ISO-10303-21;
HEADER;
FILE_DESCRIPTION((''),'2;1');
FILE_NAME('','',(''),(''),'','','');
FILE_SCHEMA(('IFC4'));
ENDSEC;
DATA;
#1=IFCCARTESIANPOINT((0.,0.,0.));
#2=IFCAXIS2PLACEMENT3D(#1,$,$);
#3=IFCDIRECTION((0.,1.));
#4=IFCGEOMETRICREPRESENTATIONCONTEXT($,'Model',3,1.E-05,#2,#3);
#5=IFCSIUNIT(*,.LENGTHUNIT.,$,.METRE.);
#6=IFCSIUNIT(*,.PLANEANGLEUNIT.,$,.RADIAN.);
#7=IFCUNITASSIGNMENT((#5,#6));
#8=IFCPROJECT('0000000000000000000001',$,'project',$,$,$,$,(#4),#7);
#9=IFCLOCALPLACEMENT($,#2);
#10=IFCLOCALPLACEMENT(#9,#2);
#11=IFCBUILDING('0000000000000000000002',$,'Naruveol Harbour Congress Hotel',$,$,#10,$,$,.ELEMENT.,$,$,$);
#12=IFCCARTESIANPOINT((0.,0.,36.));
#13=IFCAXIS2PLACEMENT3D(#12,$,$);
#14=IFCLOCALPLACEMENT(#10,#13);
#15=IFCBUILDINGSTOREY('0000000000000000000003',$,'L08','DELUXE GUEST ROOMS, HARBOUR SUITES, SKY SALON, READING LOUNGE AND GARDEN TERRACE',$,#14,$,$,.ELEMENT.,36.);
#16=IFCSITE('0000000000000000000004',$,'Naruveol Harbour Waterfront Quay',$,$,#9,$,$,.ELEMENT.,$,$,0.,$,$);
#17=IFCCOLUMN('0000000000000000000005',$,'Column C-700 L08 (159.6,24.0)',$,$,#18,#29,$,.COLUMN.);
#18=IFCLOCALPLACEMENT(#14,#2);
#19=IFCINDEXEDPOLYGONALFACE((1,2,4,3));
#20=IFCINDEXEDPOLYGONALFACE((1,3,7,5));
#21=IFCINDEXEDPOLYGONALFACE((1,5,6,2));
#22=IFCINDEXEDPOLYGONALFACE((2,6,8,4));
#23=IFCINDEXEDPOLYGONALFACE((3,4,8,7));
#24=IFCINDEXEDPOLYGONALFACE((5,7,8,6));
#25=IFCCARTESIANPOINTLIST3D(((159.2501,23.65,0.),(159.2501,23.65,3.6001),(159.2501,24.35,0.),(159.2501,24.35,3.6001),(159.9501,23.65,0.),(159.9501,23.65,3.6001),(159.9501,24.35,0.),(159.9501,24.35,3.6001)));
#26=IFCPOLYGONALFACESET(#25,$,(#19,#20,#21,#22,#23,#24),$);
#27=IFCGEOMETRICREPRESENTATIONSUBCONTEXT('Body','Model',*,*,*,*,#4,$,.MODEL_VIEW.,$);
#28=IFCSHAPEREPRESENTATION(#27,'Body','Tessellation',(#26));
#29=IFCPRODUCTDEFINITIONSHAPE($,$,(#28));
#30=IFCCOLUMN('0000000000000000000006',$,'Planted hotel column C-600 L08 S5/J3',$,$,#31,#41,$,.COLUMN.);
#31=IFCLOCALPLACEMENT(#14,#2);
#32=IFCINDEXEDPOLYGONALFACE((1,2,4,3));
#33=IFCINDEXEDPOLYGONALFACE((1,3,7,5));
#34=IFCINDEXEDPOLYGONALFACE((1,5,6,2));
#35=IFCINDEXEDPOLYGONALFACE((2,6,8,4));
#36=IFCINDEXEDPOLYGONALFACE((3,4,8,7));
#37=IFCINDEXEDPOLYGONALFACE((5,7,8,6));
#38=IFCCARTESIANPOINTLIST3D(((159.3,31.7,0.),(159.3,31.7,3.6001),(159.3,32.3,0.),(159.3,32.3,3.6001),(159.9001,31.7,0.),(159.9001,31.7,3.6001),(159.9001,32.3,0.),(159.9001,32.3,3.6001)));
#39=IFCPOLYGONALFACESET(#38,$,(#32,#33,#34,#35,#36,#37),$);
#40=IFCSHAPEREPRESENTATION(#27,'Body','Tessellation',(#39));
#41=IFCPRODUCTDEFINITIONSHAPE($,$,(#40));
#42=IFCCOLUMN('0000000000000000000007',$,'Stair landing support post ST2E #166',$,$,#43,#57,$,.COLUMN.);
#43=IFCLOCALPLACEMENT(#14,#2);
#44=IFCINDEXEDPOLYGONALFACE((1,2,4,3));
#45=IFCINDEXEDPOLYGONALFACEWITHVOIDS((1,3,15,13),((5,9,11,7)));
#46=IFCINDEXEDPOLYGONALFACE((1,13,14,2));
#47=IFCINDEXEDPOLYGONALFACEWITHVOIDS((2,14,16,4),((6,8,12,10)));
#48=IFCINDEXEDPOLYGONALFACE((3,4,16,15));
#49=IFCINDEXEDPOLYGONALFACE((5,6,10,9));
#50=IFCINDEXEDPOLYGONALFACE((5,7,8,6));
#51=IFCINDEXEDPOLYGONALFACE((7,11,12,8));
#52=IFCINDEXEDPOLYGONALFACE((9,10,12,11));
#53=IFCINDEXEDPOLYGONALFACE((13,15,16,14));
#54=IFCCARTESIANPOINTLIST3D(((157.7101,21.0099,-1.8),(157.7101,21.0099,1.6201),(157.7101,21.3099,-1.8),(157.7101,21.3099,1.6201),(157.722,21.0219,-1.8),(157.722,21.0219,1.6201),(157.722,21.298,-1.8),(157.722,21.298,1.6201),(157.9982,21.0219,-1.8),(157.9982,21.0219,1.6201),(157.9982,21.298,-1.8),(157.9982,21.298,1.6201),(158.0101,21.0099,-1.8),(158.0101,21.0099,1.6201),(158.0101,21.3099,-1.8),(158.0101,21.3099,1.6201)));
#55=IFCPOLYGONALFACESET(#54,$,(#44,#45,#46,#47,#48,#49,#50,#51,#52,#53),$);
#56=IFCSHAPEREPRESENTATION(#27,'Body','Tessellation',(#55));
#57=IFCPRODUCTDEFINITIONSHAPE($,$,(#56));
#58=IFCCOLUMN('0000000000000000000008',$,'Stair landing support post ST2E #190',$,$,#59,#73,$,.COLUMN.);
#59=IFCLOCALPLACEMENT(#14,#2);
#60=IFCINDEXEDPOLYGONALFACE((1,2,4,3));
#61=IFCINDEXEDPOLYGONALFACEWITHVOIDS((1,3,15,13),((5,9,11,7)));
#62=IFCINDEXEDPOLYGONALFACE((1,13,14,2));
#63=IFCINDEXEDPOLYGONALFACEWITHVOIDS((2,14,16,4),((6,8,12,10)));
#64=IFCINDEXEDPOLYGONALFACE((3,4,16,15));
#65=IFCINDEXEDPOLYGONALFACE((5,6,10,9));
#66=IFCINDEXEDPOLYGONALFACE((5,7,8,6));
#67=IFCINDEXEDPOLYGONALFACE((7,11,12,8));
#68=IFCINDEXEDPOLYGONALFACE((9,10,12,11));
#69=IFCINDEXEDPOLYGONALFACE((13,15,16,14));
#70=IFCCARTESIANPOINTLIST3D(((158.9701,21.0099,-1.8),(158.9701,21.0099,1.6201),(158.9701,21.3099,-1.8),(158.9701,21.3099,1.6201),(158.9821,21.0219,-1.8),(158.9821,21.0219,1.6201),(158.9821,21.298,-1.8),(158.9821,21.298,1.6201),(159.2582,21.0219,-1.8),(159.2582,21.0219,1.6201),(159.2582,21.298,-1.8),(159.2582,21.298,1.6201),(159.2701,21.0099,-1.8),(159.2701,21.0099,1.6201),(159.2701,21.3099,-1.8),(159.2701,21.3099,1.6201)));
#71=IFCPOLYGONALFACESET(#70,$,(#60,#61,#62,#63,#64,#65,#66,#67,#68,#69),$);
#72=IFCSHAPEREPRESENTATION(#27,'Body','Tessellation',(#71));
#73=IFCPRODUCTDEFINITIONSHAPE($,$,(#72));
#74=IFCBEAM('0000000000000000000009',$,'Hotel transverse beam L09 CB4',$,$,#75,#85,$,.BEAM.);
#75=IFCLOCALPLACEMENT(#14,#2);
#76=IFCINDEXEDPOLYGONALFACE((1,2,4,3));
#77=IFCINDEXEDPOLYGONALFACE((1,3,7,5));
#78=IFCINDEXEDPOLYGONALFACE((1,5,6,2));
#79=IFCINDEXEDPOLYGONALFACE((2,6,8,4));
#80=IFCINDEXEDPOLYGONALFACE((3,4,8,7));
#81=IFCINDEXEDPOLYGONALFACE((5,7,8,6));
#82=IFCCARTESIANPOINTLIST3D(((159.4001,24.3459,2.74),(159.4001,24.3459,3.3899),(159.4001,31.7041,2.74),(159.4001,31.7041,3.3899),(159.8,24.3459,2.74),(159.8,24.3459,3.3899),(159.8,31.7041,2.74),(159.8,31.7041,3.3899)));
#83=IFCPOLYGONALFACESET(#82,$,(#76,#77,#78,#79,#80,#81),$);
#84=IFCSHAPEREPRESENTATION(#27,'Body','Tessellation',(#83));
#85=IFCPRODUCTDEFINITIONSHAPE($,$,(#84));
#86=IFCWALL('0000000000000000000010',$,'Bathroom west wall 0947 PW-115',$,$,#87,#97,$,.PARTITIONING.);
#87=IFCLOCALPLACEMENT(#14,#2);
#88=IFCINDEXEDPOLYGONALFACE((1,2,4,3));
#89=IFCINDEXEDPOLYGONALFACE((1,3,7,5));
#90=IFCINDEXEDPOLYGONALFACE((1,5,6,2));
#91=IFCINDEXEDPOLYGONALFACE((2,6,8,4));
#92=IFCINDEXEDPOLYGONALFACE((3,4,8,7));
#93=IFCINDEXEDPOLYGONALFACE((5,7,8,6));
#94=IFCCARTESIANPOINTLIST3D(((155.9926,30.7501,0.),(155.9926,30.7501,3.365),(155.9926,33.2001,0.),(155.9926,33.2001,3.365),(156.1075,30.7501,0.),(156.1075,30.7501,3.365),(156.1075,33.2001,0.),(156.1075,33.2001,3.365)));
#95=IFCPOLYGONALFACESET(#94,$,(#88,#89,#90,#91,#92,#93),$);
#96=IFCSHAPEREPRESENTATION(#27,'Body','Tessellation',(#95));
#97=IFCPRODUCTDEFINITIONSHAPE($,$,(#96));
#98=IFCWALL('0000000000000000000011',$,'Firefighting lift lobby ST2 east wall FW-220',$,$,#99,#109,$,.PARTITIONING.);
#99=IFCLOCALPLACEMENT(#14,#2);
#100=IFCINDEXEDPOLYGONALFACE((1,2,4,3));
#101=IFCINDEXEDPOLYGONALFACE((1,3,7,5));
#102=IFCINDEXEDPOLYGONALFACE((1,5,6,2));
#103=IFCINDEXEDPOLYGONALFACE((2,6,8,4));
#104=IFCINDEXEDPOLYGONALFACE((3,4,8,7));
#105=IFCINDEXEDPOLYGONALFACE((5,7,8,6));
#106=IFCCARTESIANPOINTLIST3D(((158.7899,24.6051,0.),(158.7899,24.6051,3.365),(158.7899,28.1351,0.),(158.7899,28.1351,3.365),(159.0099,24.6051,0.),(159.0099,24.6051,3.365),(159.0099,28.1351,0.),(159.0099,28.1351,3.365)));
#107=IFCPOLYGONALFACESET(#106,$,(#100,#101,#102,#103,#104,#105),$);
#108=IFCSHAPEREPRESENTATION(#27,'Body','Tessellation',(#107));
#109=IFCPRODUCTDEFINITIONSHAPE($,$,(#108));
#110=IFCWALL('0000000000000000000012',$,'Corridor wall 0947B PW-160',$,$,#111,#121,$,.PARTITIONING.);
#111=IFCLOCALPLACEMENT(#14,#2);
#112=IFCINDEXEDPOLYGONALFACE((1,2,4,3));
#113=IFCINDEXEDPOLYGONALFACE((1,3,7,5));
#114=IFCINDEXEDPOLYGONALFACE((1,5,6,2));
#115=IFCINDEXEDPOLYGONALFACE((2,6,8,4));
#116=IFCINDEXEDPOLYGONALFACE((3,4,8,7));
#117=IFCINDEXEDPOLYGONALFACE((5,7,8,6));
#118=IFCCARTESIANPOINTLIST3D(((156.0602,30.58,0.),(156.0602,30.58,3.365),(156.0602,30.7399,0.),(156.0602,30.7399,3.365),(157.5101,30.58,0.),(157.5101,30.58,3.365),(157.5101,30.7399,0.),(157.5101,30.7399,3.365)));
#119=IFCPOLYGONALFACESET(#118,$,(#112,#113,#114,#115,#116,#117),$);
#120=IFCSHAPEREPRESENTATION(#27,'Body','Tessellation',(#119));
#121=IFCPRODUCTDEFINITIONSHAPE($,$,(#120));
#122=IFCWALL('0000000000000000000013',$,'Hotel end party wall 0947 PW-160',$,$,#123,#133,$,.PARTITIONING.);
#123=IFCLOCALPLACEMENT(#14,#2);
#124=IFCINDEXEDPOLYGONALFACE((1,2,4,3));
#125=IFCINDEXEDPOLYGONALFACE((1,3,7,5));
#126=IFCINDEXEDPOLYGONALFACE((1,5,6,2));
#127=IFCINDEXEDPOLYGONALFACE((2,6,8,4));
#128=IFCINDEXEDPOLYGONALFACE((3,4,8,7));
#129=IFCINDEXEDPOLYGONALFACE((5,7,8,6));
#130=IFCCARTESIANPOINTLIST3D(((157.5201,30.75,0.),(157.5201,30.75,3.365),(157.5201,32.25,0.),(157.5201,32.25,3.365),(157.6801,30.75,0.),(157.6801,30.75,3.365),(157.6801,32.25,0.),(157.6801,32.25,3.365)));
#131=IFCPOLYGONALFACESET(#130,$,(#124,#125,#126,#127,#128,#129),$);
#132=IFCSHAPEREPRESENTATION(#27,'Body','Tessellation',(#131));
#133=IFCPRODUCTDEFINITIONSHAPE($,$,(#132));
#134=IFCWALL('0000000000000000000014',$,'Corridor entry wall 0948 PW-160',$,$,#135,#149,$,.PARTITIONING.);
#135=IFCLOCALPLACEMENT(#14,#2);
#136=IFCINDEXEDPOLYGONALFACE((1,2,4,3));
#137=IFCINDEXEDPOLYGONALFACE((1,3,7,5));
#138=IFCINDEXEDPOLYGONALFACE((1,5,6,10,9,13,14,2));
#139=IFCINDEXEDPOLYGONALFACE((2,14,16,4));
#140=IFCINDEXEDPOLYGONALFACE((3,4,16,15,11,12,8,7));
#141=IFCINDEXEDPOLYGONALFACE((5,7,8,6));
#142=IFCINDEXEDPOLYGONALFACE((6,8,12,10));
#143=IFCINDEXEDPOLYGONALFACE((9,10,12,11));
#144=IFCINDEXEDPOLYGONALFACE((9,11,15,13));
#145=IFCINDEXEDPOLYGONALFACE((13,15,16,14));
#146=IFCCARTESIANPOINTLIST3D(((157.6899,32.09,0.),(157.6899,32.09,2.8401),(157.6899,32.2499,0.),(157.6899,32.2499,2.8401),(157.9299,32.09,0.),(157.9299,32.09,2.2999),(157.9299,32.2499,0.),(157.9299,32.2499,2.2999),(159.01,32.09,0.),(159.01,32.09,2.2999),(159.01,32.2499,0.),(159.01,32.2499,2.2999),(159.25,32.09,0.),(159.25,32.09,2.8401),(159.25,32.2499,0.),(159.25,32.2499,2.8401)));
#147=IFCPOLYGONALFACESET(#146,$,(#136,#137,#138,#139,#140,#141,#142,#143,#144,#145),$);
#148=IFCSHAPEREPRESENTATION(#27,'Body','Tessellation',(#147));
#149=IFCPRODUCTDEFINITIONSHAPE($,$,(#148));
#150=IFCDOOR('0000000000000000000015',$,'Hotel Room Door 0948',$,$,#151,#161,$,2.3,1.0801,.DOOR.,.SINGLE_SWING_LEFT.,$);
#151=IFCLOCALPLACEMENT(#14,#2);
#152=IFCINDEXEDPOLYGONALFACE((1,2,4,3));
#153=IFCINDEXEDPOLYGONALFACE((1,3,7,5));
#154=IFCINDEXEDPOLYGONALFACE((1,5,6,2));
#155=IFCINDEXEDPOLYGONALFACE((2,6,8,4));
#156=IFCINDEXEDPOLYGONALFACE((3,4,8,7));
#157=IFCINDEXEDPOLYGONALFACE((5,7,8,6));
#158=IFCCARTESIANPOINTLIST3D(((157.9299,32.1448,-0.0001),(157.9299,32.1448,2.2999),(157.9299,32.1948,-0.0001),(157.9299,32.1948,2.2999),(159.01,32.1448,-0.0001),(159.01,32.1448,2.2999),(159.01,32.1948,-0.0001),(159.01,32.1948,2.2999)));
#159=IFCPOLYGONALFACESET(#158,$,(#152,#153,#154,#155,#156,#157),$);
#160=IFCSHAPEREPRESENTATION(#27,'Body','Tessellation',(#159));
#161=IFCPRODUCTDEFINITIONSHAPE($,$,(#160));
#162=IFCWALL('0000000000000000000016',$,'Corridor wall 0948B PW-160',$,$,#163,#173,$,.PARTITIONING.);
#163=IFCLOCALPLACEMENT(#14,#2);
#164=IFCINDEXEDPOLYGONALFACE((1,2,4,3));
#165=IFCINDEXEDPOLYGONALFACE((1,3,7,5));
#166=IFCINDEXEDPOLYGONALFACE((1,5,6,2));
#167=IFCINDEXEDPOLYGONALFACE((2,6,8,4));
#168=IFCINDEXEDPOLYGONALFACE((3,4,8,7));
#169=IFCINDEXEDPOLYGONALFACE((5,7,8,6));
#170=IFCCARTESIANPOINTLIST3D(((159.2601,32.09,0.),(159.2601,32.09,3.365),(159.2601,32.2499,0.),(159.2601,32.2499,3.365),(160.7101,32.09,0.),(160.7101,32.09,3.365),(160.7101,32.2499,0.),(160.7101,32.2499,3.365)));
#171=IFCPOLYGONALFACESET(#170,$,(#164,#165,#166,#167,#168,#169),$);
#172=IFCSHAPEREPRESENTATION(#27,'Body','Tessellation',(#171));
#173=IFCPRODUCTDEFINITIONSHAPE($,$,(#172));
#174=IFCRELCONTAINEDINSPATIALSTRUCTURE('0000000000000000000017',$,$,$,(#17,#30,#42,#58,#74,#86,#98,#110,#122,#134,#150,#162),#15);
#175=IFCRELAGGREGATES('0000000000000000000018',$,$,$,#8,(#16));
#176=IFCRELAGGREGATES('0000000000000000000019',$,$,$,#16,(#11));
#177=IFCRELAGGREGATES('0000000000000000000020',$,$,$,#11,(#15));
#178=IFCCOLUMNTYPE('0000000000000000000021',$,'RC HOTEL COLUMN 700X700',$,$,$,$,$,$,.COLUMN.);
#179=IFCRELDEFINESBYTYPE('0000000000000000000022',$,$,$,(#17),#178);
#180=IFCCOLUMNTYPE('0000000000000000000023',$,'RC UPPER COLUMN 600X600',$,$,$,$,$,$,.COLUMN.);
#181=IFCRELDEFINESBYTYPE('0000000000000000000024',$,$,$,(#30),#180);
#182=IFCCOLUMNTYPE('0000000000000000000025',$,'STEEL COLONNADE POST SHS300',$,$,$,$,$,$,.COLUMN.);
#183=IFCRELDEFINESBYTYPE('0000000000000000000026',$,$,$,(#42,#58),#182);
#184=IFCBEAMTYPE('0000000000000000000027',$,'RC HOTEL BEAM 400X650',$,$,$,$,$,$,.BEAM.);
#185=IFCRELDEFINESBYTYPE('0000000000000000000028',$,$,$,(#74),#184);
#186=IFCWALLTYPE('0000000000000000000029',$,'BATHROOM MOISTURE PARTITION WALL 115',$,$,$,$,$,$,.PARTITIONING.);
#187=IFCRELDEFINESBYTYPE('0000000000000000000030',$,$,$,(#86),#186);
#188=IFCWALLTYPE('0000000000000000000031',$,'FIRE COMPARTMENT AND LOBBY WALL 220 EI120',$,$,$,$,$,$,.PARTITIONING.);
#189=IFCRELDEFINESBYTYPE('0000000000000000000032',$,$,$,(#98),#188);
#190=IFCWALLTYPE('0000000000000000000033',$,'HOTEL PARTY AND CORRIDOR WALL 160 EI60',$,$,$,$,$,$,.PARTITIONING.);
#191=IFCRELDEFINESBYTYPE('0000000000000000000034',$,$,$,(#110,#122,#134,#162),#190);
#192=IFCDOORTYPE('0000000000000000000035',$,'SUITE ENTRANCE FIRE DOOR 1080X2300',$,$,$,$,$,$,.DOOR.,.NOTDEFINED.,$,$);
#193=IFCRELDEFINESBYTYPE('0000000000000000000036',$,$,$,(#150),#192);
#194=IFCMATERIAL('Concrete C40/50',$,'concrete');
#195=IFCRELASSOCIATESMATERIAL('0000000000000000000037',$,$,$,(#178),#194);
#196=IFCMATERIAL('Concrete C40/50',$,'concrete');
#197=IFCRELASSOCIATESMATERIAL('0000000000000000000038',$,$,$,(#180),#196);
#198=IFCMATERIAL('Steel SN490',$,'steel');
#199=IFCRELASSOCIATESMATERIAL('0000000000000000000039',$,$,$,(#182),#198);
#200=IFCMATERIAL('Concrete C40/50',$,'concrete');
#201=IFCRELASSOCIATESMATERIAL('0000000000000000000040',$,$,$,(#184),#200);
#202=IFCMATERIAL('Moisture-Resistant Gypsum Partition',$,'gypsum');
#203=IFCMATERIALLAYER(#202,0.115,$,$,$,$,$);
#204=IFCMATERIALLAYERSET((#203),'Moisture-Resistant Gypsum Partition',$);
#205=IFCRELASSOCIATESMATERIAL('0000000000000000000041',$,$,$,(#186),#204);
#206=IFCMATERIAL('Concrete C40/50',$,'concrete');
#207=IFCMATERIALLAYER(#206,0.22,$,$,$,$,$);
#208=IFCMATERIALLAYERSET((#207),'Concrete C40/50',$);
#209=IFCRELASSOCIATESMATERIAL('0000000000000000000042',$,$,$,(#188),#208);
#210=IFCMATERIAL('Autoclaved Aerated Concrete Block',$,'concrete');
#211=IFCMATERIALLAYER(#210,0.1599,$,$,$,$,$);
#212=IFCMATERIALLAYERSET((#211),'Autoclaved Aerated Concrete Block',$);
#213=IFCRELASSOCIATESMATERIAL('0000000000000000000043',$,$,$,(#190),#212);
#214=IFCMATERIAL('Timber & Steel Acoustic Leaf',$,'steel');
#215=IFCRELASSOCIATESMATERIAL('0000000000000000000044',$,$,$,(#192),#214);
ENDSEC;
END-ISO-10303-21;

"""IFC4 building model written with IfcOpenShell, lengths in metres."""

from ifc_helpers import new_model, si_unit, direction, frame, frame_2d, origin, origin_2d, place, context, subcontext, project, spatial, rectangle, hollow_rectangle, extrude, material, layer, layer_set, material_profile, profile_set, type_object, element, fill, save


model = new_model("IFC4")

# Units and contexts
model_context = context("Model", 3, precision=1e-05, world=origin(), true_north=direction((0.0, 1.0)))
body_context = subcontext(model_context, "Body", "Model", "MODEL_VIEW")
ifc_project = project(units=[si_unit("LENGTHUNIT", "METRE"), si_unit("PLANEANGLEUNIT", "RADIAN")], contexts=[model_context])

# Site, building, storey
site_placement = place(None, origin())
site = spatial("IfcSite", under=ifc_project, at=site_placement, Name="Naruveol Harbour Waterfront Quay", CompositionType="ELEMENT", RefElevation=0.0)
building_placement = place(site_placement, origin())
building = spatial("IfcBuilding", under=site, at=building_placement, Name="Naruveol Harbour Congress Hotel", CompositionType="ELEMENT")
storey_placement = place(building_placement, frame((0.0, 0.0, 36.0)))
storey = spatial("IfcBuildingStorey", under=building, at=storey_placement, Name="L08", Description="DELUXE GUEST ROOMS, HARBOUR SUITES, SKY SALON, READING LOUNGE AND GARDEN TERRACE", CompositionType="ELEMENT", Elevation=36.0)

# Columns
ifc_material_1 = material(Name="Concrete C40/50", Category="concrete")
ifc_material_profile_1 = material_profile(ifc_material_1, rectangle(XDim=0.7, YDim=0.7, at=origin_2d()), Name="RC-700x700")
ifc_profile_set_1 = profile_set([ifc_material_profile_1], Name="Concrete C40/50")
column_type_1 = type_object("IfcColumnType", Name="RC HOTEL COLUMN 700X700", PredefinedType="COLUMN", material=ifc_profile_set_1)
column_1_placement = place(storey_placement, frame((159.6001, 24.0, 0.0), z_axis=(0.0, 0.0, 1.0), x_axis=(1.0, 0.0, 0.0)))
element("IfcColumn", 1, at=column_1_placement, inside=storey, type_object=column_type_1, Name="Column C-700 L08 (159.6,24.0)", PredefinedType="COLUMN", context=body_context, shape_type="SweptSolid", body=[
    extrude(rectangle(XDim=0.7, YDim=0.7, at=origin_2d()), origin(), (0.0, 0.0, 1.0), 3.6001),
])
ifc_material_2 = material(Name="Concrete C40/50", Category="concrete")
ifc_material_profile_2 = material_profile(ifc_material_2, rectangle(XDim=0.6001, YDim=0.6001, at=origin_2d()), Name="RC-600x600")
ifc_profile_set_2 = profile_set([ifc_material_profile_2], Name="Concrete C40/50")
column_type_2 = type_object("IfcColumnType", Name="RC UPPER COLUMN 600X600", PredefinedType="COLUMN", material=ifc_profile_set_2)
column_2_placement = place(storey_placement, frame((159.6001, 32.0, 0.0), z_axis=(0.0, 0.0, 1.0), x_axis=(1.0, 0.0, 0.0)))
element("IfcColumn", 2, at=column_2_placement, inside=storey, type_object=column_type_2, Name="Planted hotel column C-600 L08 S5/J3", PredefinedType="COLUMN", context=body_context, shape_type="SweptSolid", body=[
    extrude(rectangle(XDim=0.6001, YDim=0.6001, at=origin_2d()), origin(), (0.0, 0.0, 1.0), 3.6001),
])
ifc_material_3 = material(Name="Steel SN490", Category="steel")
ifc_material_profile_3 = material_profile(ifc_material_3, hollow_rectangle(XDim=0.3, YDim=0.3, WallThickness=0.012, at=origin_2d()), Name="SHS-300x300x12")
ifc_profile_set_3 = profile_set([ifc_material_profile_3], Name="Steel SN490")
column_type_3 = type_object("IfcColumnType", Name="STEEL COLONNADE POST SHS300", PredefinedType="COLUMN", material=ifc_profile_set_3)
for number, where, z_axis, x_axis, name in (
    (3, (157.8601, 21.1599, -1.8), (0.0, 0.0, 1.0), (1.0, 0.0, 0.0), "Stair landing support post ST2E #166"),
    (4, (159.1201, 21.1599, -1.8), (0.0, 0.0, 1.0), (1.0, 0.0, 0.0), "Stair landing support post ST2E #190"),
):
    element("IfcColumn", number, at=place(storey_placement, frame(where, z_axis=z_axis, x_axis=x_axis)), inside=storey, type_object=column_type_3, Name=name, PredefinedType="COLUMN", context=body_context, shape_type="SweptSolid", body=[
        extrude(hollow_rectangle(XDim=0.3, YDim=0.3, WallThickness=0.012, at=origin_2d()), origin(), (0.0, 0.0, 1.0), 3.4202),
    ])

# Beam
ifc_material_4 = material(Name="Concrete C40/50", Category="concrete")
ifc_material_profile_4 = material_profile(ifc_material_4, rectangle(XDim=0.3999, YDim=0.6499, at=origin_2d()), Name="RCB-400x650")
ifc_profile_set_4 = profile_set([ifc_material_profile_4], Name="Concrete C40/50")
beam_type = type_object("IfcBeamType", Name="RC HOTEL BEAM 400X650", PredefinedType="BEAM", material=ifc_profile_set_4)
beam_placement = place(storey_placement, frame((159.6001, 24.3459, 3.0649), z_axis=(0.0, 1.0, 0.0), x_axis=(-1.0, 0.0, 0.0)))
element("IfcBeam", 5, at=beam_placement, inside=storey, type_object=beam_type, Name="Hotel transverse beam L09 CB4", PredefinedType="BEAM", context=body_context, shape_type="SweptSolid", body=[
    extrude(rectangle(XDim=0.3999, YDim=0.6499, at=origin_2d()), origin(), (0.0, 0.0, 1.0), 7.3582),
])

# Walls
ifc_material_5 = material(Name="Moisture-Resistant Gypsum Partition", Category="gypsum")
ifc_layer_1 = layer(ifc_material_5, 0.115)
ifc_layer_set_1 = layer_set([ifc_layer_1], Name="Moisture-Resistant Gypsum Partition")
wall_type_1 = type_object("IfcWallType", Name="BATHROOM MOISTURE PARTITION WALL 115", PredefinedType="PARTITIONING", material=ifc_layer_set_1)
wall_1_placement = place(storey_placement, frame((156.05, 30.75, 0.0), z_axis=(0.0, 0.0, 1.0), x_axis=(0.0, 1.0, 0.0)))
element("IfcWall", 6, at=wall_1_placement, inside=storey, type_object=wall_type_1, Name="Bathroom west wall 0947 PW-115", PredefinedType="PARTITIONING", context=body_context, shape_type="SweptSolid", body=[
    extrude(rectangle(XDim=2.45, YDim=0.115, at=frame_2d((1.2251, 0.0))), origin(), (0.0, 0.0, 1.0), 3.365),
])
ifc_material_6 = material(Name="Concrete C40/50", Category="concrete")
ifc_layer_2 = layer(ifc_material_6, 0.22)
ifc_layer_set_2 = layer_set([ifc_layer_2], Name="Concrete C40/50")
wall_type_2 = type_object("IfcWallType", Name="FIRE COMPARTMENT AND LOBBY WALL 220 EI120", PredefinedType="PARTITIONING", material=ifc_layer_set_2)
wall_2_placement = place(storey_placement, frame((158.8999, 24.605, 0.0), z_axis=(0.0, 0.0, 1.0), x_axis=(0.0, 1.0, 0.0)))
element("IfcWall", 7, at=wall_2_placement, inside=storey, type_object=wall_type_2, Name="Firefighting lift lobby ST2 east wall FW-220", PredefinedType="PARTITIONING", context=body_context, shape_type="SweptSolid", body=[
    extrude(rectangle(XDim=3.53, YDim=0.22, at=frame_2d((1.7651, 0.0))), origin(), (0.0, 0.0, 1.0), 3.365),
])
ifc_material_7 = material(Name="Autoclaved Aerated Concrete Block", Category="concrete")
ifc_layer_3 = layer(ifc_material_7, 0.1599)
ifc_layer_set_3 = layer_set([ifc_layer_3], Name="Autoclaved Aerated Concrete Block")
wall_type_3 = type_object("IfcWallType", Name="HOTEL PARTY AND CORRIDOR WALL 160 EI60", PredefinedType="PARTITIONING", material=ifc_layer_set_3)
wall_3_placement = place(storey_placement, frame((156.0601, 30.6599, 0.0), z_axis=(0.0, 0.0, 1.0), x_axis=(1.0, 0.0, 0.0)))
element("IfcWall", 8, at=wall_3_placement, inside=storey, type_object=wall_type_3, Name="Corridor wall 0947B PW-160", PredefinedType="PARTITIONING", context=body_context, shape_type="SweptSolid", body=[
    extrude(rectangle(XDim=1.45, YDim=0.1599, at=frame_2d((0.7251, 0.0))), origin(), (0.0, 0.0, 1.0), 3.365),
])
wall_4_placement = place(storey_placement, frame((157.6001, 30.75, 0.0), z_axis=(0.0, 0.0, 1.0), x_axis=(0.0, 1.0, 0.0)))
element("IfcWall", 9, at=wall_4_placement, inside=storey, type_object=wall_type_3, Name="Hotel end party wall 0947 PW-160", PredefinedType="PARTITIONING", context=body_context, shape_type="SweptSolid", body=[
    extrude(rectangle(XDim=1.5, YDim=0.1599, at=frame_2d((0.75, 0.0))), origin(), (0.0, 0.0, 1.0), 3.365),
])

# Wall, opening, door
wall_5_placement = place(storey_placement, frame((157.6899, 32.1699, 0.0), z_axis=(0.0, 0.0, 1.0), x_axis=(1.0, 0.0, 0.0)))
wall_5 = element("IfcWall", 10, at=wall_5_placement, inside=storey, type_object=wall_type_3, Name="Corridor entry wall 0948 PW-160", PredefinedType="PARTITIONING", context=body_context, shape_type="SweptSolid", body=[
    extrude(rectangle(XDim=1.5601, YDim=0.1599, at=frame_2d((0.78, 0.0))), origin(), (0.0, 0.0, 1.0), 2.8401),
])
opening_1_placement = place(wall_5_placement, frame((0.24, 0.0, 0.0)))
opening_1 = element("IfcOpeningElement", 11, at=opening_1_placement, cuts=wall_5, PredefinedType="OPENING", context=body_context, shape_type="SweptSolid", body=[
    extrude(rectangle(XDim=1.0801, YDim=2.3, at=frame_2d((0.54, 1.1499))), frame((0.0, 0.0898, 0.0), z_axis=(0.0, -1.0, 0.0), x_axis=(1.0, 0.0, 0.0)), (0.0, 0.0, 1.0), 0.1799),
])
ifc_material_8 = material(Name="Timber & Steel Acoustic Leaf", Category="steel")
door_type_1 = type_object("IfcDoorType", Name="SUITE ENTRANCE FIRE DOOR 1080X2300", OperationType="NOTDEFINED", PredefinedType="DOOR", material=ifc_material_8)
door_1_placement = place(opening_1_placement, origin())
door_1 = element("IfcDoor", 12, at=door_1_placement, inside=storey, type_object=door_type_1, Name="Hotel Room Door 0948", OperationType="SINGLE_SWING_LEFT", OverallHeight=2.3, OverallWidth=1.0801, PredefinedType="DOOR", context=body_context, shape_type="SweptSolid", body=[
    extrude(rectangle(XDim=1.0801, YDim=2.3, at=frame_2d((0.54, 1.1499))), frame((0.0, 0.0249, 0.0), z_axis=(0.0, -1.0, 0.0), x_axis=(1.0, 0.0, 0.0)), (0.0, 0.0, 1.0), 0.05),
])
fill(opening_1, door_1)

# Wall
wall_6_placement = place(storey_placement, frame((159.26, 32.1699, 0.0), z_axis=(0.0, 0.0, 1.0), x_axis=(1.0, 0.0, 0.0)))
element("IfcWall", 13, at=wall_6_placement, inside=storey, type_object=wall_type_3, Name="Corridor wall 0948B PW-160", PredefinedType="PARTITIONING", context=body_context, shape_type="SweptSolid", body=[
    extrude(rectangle(XDim=1.45, YDim=0.1599, at=frame_2d((0.7251, 0.0))), origin(), (0.0, 0.0, 1.0), 3.365),
])

save(model, "model.ifc")
